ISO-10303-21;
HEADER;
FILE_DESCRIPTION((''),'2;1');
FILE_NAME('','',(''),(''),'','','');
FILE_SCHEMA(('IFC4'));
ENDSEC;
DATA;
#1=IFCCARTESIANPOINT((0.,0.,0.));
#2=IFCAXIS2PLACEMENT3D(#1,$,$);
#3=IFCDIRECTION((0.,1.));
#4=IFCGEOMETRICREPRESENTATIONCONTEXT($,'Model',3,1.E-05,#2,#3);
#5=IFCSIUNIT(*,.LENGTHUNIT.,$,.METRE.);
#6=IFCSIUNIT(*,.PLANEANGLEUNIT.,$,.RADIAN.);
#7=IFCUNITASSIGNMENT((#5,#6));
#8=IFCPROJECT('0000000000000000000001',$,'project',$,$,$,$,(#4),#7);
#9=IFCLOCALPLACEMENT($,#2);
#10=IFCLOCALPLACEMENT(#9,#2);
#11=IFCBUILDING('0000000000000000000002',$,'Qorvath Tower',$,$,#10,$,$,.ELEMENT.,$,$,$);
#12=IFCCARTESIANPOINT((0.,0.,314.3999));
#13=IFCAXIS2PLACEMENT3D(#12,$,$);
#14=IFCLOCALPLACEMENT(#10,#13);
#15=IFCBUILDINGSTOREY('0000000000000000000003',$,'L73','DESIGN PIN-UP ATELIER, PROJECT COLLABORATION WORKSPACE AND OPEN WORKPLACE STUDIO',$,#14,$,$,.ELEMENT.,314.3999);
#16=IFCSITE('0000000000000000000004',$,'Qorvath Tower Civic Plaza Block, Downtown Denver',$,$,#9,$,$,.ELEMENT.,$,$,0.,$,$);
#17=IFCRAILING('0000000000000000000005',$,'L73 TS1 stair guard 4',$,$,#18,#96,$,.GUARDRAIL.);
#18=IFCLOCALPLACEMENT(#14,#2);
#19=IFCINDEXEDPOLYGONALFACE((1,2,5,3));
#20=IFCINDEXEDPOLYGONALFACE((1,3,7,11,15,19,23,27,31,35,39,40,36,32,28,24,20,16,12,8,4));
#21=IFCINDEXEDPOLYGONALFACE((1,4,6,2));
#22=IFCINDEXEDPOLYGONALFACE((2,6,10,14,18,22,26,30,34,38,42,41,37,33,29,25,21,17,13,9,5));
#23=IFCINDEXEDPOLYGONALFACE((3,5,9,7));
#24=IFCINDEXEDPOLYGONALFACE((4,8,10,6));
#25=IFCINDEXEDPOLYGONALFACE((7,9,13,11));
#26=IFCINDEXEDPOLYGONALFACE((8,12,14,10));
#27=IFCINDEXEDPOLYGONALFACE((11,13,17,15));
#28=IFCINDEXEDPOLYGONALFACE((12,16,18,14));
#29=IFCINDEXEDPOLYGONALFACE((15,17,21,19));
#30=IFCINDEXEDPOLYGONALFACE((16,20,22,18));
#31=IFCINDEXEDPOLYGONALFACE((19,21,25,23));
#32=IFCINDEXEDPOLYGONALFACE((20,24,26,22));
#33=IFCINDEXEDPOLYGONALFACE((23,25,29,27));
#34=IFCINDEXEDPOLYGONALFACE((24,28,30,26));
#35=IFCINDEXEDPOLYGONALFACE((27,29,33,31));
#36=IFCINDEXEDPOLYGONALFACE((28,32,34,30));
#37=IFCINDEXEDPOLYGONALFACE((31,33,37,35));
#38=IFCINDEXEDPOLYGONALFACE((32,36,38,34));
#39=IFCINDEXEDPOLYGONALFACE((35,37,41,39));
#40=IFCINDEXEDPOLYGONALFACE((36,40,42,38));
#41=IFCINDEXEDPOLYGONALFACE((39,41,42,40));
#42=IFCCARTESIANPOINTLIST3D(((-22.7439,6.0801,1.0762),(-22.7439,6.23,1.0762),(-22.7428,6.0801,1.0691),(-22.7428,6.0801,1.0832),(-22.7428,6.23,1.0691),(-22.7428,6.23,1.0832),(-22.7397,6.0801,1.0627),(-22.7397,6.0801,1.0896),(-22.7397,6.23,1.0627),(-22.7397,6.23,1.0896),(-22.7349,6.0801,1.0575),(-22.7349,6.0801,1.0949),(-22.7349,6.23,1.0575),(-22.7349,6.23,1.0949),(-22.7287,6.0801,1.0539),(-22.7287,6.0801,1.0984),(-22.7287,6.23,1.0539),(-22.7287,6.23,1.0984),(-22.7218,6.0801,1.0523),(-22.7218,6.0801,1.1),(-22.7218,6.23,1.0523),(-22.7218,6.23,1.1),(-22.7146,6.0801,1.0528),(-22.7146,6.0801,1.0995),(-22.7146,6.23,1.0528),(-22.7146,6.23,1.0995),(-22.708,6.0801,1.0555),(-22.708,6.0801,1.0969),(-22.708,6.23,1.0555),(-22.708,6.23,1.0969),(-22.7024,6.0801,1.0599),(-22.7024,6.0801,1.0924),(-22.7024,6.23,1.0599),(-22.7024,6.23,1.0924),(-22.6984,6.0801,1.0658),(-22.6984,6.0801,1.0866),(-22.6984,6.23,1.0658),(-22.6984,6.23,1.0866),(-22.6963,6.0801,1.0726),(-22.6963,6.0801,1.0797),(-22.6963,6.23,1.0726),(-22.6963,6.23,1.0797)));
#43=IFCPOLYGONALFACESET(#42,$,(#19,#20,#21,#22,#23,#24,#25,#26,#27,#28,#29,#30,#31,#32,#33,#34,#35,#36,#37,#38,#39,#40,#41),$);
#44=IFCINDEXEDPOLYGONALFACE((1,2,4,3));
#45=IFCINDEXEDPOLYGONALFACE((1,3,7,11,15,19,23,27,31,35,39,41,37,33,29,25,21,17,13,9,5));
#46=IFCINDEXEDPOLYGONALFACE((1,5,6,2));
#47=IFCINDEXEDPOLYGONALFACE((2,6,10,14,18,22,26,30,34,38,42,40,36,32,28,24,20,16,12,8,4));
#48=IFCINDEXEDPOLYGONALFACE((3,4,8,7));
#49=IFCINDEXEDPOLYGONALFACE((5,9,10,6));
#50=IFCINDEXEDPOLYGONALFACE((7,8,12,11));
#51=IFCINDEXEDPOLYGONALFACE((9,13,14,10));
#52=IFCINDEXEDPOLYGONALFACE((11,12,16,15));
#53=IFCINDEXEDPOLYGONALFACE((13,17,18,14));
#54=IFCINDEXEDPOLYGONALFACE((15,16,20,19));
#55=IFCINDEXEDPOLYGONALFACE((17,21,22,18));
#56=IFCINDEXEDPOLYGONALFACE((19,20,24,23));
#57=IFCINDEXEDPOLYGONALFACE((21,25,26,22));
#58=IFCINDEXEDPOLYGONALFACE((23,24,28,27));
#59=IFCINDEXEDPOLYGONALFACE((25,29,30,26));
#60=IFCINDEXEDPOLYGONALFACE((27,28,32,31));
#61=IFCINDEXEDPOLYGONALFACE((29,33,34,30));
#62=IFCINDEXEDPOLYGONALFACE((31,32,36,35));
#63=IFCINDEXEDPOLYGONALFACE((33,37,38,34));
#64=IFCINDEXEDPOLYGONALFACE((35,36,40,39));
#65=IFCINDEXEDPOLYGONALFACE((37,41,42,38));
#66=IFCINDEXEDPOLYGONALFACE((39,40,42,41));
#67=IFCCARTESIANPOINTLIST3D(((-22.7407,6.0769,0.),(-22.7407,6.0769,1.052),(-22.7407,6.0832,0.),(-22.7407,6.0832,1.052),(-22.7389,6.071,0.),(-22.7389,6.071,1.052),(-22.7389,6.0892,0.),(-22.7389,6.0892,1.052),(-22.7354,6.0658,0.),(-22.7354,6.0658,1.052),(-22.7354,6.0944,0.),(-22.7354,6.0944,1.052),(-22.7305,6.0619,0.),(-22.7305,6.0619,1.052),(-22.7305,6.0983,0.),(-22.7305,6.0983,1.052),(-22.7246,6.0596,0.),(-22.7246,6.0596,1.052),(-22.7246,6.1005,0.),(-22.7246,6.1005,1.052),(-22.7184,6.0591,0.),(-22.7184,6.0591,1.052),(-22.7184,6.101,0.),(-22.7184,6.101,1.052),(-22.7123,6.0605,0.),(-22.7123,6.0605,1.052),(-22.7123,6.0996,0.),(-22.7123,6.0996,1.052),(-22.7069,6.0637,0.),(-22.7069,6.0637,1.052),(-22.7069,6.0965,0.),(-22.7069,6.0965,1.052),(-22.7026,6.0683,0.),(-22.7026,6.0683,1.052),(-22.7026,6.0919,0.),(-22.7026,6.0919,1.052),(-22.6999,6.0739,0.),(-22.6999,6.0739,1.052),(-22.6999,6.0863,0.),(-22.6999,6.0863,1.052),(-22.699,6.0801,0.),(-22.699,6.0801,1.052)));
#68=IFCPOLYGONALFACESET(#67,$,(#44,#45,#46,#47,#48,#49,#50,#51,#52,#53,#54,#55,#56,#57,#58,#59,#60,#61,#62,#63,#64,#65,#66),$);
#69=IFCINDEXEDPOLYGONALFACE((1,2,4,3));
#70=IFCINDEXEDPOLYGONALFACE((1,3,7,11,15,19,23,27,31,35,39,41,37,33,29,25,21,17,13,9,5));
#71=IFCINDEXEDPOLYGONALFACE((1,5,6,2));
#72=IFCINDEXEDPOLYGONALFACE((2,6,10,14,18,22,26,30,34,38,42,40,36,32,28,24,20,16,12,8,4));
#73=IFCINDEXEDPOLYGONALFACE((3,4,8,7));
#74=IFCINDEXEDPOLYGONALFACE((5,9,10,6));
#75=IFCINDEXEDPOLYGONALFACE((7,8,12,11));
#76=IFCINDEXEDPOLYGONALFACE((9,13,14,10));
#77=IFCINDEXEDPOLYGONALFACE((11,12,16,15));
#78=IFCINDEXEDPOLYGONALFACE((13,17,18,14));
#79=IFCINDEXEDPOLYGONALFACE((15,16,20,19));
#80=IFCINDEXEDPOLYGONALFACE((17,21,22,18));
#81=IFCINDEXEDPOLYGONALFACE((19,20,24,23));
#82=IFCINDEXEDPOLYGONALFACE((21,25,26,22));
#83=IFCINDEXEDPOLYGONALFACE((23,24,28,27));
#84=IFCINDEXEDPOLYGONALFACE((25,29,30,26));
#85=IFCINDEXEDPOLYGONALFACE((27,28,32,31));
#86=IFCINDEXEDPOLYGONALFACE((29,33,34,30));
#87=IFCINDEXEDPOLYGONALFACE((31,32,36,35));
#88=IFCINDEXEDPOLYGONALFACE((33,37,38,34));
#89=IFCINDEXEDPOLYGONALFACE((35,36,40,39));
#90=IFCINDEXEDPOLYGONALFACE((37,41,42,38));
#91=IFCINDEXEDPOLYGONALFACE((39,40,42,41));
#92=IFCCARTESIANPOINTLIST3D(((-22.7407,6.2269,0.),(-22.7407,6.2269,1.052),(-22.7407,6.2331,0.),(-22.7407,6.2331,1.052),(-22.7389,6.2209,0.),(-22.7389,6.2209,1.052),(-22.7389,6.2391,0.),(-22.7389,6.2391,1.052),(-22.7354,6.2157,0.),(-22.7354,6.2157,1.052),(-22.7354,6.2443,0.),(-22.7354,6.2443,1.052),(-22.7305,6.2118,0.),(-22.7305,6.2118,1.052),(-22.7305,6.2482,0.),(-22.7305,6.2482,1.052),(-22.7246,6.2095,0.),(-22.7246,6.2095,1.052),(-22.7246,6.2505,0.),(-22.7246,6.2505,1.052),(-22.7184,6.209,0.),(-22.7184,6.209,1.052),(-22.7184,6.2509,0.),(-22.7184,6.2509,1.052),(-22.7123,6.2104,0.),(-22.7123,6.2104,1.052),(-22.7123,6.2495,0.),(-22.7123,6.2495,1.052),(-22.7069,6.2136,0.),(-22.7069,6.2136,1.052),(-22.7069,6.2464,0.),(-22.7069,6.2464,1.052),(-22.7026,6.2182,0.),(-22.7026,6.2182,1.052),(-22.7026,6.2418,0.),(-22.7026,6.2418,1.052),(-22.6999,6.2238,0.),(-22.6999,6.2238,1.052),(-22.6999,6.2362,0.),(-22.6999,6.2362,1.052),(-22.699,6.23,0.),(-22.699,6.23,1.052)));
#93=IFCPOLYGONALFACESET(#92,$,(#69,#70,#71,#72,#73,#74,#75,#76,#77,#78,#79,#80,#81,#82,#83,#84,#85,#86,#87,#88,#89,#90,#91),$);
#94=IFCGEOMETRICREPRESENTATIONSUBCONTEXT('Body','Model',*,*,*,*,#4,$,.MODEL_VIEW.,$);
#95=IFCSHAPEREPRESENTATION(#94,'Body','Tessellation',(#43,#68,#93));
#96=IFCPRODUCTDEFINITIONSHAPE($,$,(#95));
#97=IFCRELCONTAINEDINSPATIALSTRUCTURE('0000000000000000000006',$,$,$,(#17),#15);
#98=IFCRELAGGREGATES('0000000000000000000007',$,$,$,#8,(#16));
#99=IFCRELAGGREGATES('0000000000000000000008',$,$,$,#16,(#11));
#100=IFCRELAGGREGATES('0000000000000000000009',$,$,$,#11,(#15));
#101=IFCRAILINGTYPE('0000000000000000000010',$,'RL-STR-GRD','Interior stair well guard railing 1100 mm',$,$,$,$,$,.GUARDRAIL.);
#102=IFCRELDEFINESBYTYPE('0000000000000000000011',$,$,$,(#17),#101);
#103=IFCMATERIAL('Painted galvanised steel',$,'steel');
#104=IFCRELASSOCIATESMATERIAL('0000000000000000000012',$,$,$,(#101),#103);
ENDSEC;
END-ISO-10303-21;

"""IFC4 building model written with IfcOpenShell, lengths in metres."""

from ifc_helpers import new_model, si_unit, direction, frame, origin, origin_2d, place, context, subcontext, project, spatial, circle, extrude, material, type_object, element, save


model = new_model("IFC4")

# Units and contexts
model_context = context("Model", 3, precision=1e-05, world=origin(), true_north=direction((0.0, 1.0)))
body_context = subcontext(model_context, "Body", "Model", "MODEL_VIEW")
ifc_project = project(units=[si_unit("LENGTHUNIT", "METRE"), si_unit("PLANEANGLEUNIT", "RADIAN")], contexts=[model_context])

# Site, building, storey
site_placement = place(None, origin())
site = spatial("IfcSite", under=ifc_project, at=site_placement, Name="Qorvath Tower Civic Plaza Block, Downtown Denver", CompositionType="ELEMENT", RefElevation=0.0)
building_placement = place(site_placement, origin())
building = spatial("IfcBuilding", under=site, at=building_placement, Name="Qorvath Tower", CompositionType="ELEMENT")
storey_placement = place(building_placement, frame((0.0, 0.0, 314.3999)))
storey = spatial("IfcBuildingStorey", under=building, at=storey_placement, Name="L73", Description="DESIGN PIN-UP ATELIER, PROJECT COLLABORATION WORKSPACE AND OPEN WORKPLACE STUDIO", CompositionType="ELEMENT", Elevation=314.3999)

# Railing
ifc_material_1 = material(Name="Painted galvanised steel", Category="steel")
railing_type_1 = type_object("IfcRailingType", Name="RL-STR-GRD", Description="Interior stair well guard railing 1100 mm", PredefinedType="GUARDRAIL", material=ifc_material_1)
railing_1_placement = place(storey_placement, frame((-22.72, 6.0801, 0.0)))
element("IfcRailing", 1, at=railing_1_placement, inside=storey, type_object=railing_type_1, Name="L73 TS1 stair guard 4", PredefinedType="GUARDRAIL", context=body_context, shape_type="SweptSolid", body=[
    extrude(circle(Radius=0.0239, at=origin_2d()), frame((0.0, 0.0, 1.0762), z_axis=(0.0, 1.0, 0.0), x_axis=(-1.0, 0.0, 0.0)), (0.0, 0.0, 1.0), 0.1499),
    extrude(circle(Radius=0.021, at=origin_2d()), origin(), (0.0, 0.0, 1.0), 1.052),
    extrude(circle(Radius=0.021, at=origin_2d()), frame((0.0, 0.1499, 0.0)), (0.0, 0.0, 1.0), 1.052),
])

save(model, "model.ifc")
